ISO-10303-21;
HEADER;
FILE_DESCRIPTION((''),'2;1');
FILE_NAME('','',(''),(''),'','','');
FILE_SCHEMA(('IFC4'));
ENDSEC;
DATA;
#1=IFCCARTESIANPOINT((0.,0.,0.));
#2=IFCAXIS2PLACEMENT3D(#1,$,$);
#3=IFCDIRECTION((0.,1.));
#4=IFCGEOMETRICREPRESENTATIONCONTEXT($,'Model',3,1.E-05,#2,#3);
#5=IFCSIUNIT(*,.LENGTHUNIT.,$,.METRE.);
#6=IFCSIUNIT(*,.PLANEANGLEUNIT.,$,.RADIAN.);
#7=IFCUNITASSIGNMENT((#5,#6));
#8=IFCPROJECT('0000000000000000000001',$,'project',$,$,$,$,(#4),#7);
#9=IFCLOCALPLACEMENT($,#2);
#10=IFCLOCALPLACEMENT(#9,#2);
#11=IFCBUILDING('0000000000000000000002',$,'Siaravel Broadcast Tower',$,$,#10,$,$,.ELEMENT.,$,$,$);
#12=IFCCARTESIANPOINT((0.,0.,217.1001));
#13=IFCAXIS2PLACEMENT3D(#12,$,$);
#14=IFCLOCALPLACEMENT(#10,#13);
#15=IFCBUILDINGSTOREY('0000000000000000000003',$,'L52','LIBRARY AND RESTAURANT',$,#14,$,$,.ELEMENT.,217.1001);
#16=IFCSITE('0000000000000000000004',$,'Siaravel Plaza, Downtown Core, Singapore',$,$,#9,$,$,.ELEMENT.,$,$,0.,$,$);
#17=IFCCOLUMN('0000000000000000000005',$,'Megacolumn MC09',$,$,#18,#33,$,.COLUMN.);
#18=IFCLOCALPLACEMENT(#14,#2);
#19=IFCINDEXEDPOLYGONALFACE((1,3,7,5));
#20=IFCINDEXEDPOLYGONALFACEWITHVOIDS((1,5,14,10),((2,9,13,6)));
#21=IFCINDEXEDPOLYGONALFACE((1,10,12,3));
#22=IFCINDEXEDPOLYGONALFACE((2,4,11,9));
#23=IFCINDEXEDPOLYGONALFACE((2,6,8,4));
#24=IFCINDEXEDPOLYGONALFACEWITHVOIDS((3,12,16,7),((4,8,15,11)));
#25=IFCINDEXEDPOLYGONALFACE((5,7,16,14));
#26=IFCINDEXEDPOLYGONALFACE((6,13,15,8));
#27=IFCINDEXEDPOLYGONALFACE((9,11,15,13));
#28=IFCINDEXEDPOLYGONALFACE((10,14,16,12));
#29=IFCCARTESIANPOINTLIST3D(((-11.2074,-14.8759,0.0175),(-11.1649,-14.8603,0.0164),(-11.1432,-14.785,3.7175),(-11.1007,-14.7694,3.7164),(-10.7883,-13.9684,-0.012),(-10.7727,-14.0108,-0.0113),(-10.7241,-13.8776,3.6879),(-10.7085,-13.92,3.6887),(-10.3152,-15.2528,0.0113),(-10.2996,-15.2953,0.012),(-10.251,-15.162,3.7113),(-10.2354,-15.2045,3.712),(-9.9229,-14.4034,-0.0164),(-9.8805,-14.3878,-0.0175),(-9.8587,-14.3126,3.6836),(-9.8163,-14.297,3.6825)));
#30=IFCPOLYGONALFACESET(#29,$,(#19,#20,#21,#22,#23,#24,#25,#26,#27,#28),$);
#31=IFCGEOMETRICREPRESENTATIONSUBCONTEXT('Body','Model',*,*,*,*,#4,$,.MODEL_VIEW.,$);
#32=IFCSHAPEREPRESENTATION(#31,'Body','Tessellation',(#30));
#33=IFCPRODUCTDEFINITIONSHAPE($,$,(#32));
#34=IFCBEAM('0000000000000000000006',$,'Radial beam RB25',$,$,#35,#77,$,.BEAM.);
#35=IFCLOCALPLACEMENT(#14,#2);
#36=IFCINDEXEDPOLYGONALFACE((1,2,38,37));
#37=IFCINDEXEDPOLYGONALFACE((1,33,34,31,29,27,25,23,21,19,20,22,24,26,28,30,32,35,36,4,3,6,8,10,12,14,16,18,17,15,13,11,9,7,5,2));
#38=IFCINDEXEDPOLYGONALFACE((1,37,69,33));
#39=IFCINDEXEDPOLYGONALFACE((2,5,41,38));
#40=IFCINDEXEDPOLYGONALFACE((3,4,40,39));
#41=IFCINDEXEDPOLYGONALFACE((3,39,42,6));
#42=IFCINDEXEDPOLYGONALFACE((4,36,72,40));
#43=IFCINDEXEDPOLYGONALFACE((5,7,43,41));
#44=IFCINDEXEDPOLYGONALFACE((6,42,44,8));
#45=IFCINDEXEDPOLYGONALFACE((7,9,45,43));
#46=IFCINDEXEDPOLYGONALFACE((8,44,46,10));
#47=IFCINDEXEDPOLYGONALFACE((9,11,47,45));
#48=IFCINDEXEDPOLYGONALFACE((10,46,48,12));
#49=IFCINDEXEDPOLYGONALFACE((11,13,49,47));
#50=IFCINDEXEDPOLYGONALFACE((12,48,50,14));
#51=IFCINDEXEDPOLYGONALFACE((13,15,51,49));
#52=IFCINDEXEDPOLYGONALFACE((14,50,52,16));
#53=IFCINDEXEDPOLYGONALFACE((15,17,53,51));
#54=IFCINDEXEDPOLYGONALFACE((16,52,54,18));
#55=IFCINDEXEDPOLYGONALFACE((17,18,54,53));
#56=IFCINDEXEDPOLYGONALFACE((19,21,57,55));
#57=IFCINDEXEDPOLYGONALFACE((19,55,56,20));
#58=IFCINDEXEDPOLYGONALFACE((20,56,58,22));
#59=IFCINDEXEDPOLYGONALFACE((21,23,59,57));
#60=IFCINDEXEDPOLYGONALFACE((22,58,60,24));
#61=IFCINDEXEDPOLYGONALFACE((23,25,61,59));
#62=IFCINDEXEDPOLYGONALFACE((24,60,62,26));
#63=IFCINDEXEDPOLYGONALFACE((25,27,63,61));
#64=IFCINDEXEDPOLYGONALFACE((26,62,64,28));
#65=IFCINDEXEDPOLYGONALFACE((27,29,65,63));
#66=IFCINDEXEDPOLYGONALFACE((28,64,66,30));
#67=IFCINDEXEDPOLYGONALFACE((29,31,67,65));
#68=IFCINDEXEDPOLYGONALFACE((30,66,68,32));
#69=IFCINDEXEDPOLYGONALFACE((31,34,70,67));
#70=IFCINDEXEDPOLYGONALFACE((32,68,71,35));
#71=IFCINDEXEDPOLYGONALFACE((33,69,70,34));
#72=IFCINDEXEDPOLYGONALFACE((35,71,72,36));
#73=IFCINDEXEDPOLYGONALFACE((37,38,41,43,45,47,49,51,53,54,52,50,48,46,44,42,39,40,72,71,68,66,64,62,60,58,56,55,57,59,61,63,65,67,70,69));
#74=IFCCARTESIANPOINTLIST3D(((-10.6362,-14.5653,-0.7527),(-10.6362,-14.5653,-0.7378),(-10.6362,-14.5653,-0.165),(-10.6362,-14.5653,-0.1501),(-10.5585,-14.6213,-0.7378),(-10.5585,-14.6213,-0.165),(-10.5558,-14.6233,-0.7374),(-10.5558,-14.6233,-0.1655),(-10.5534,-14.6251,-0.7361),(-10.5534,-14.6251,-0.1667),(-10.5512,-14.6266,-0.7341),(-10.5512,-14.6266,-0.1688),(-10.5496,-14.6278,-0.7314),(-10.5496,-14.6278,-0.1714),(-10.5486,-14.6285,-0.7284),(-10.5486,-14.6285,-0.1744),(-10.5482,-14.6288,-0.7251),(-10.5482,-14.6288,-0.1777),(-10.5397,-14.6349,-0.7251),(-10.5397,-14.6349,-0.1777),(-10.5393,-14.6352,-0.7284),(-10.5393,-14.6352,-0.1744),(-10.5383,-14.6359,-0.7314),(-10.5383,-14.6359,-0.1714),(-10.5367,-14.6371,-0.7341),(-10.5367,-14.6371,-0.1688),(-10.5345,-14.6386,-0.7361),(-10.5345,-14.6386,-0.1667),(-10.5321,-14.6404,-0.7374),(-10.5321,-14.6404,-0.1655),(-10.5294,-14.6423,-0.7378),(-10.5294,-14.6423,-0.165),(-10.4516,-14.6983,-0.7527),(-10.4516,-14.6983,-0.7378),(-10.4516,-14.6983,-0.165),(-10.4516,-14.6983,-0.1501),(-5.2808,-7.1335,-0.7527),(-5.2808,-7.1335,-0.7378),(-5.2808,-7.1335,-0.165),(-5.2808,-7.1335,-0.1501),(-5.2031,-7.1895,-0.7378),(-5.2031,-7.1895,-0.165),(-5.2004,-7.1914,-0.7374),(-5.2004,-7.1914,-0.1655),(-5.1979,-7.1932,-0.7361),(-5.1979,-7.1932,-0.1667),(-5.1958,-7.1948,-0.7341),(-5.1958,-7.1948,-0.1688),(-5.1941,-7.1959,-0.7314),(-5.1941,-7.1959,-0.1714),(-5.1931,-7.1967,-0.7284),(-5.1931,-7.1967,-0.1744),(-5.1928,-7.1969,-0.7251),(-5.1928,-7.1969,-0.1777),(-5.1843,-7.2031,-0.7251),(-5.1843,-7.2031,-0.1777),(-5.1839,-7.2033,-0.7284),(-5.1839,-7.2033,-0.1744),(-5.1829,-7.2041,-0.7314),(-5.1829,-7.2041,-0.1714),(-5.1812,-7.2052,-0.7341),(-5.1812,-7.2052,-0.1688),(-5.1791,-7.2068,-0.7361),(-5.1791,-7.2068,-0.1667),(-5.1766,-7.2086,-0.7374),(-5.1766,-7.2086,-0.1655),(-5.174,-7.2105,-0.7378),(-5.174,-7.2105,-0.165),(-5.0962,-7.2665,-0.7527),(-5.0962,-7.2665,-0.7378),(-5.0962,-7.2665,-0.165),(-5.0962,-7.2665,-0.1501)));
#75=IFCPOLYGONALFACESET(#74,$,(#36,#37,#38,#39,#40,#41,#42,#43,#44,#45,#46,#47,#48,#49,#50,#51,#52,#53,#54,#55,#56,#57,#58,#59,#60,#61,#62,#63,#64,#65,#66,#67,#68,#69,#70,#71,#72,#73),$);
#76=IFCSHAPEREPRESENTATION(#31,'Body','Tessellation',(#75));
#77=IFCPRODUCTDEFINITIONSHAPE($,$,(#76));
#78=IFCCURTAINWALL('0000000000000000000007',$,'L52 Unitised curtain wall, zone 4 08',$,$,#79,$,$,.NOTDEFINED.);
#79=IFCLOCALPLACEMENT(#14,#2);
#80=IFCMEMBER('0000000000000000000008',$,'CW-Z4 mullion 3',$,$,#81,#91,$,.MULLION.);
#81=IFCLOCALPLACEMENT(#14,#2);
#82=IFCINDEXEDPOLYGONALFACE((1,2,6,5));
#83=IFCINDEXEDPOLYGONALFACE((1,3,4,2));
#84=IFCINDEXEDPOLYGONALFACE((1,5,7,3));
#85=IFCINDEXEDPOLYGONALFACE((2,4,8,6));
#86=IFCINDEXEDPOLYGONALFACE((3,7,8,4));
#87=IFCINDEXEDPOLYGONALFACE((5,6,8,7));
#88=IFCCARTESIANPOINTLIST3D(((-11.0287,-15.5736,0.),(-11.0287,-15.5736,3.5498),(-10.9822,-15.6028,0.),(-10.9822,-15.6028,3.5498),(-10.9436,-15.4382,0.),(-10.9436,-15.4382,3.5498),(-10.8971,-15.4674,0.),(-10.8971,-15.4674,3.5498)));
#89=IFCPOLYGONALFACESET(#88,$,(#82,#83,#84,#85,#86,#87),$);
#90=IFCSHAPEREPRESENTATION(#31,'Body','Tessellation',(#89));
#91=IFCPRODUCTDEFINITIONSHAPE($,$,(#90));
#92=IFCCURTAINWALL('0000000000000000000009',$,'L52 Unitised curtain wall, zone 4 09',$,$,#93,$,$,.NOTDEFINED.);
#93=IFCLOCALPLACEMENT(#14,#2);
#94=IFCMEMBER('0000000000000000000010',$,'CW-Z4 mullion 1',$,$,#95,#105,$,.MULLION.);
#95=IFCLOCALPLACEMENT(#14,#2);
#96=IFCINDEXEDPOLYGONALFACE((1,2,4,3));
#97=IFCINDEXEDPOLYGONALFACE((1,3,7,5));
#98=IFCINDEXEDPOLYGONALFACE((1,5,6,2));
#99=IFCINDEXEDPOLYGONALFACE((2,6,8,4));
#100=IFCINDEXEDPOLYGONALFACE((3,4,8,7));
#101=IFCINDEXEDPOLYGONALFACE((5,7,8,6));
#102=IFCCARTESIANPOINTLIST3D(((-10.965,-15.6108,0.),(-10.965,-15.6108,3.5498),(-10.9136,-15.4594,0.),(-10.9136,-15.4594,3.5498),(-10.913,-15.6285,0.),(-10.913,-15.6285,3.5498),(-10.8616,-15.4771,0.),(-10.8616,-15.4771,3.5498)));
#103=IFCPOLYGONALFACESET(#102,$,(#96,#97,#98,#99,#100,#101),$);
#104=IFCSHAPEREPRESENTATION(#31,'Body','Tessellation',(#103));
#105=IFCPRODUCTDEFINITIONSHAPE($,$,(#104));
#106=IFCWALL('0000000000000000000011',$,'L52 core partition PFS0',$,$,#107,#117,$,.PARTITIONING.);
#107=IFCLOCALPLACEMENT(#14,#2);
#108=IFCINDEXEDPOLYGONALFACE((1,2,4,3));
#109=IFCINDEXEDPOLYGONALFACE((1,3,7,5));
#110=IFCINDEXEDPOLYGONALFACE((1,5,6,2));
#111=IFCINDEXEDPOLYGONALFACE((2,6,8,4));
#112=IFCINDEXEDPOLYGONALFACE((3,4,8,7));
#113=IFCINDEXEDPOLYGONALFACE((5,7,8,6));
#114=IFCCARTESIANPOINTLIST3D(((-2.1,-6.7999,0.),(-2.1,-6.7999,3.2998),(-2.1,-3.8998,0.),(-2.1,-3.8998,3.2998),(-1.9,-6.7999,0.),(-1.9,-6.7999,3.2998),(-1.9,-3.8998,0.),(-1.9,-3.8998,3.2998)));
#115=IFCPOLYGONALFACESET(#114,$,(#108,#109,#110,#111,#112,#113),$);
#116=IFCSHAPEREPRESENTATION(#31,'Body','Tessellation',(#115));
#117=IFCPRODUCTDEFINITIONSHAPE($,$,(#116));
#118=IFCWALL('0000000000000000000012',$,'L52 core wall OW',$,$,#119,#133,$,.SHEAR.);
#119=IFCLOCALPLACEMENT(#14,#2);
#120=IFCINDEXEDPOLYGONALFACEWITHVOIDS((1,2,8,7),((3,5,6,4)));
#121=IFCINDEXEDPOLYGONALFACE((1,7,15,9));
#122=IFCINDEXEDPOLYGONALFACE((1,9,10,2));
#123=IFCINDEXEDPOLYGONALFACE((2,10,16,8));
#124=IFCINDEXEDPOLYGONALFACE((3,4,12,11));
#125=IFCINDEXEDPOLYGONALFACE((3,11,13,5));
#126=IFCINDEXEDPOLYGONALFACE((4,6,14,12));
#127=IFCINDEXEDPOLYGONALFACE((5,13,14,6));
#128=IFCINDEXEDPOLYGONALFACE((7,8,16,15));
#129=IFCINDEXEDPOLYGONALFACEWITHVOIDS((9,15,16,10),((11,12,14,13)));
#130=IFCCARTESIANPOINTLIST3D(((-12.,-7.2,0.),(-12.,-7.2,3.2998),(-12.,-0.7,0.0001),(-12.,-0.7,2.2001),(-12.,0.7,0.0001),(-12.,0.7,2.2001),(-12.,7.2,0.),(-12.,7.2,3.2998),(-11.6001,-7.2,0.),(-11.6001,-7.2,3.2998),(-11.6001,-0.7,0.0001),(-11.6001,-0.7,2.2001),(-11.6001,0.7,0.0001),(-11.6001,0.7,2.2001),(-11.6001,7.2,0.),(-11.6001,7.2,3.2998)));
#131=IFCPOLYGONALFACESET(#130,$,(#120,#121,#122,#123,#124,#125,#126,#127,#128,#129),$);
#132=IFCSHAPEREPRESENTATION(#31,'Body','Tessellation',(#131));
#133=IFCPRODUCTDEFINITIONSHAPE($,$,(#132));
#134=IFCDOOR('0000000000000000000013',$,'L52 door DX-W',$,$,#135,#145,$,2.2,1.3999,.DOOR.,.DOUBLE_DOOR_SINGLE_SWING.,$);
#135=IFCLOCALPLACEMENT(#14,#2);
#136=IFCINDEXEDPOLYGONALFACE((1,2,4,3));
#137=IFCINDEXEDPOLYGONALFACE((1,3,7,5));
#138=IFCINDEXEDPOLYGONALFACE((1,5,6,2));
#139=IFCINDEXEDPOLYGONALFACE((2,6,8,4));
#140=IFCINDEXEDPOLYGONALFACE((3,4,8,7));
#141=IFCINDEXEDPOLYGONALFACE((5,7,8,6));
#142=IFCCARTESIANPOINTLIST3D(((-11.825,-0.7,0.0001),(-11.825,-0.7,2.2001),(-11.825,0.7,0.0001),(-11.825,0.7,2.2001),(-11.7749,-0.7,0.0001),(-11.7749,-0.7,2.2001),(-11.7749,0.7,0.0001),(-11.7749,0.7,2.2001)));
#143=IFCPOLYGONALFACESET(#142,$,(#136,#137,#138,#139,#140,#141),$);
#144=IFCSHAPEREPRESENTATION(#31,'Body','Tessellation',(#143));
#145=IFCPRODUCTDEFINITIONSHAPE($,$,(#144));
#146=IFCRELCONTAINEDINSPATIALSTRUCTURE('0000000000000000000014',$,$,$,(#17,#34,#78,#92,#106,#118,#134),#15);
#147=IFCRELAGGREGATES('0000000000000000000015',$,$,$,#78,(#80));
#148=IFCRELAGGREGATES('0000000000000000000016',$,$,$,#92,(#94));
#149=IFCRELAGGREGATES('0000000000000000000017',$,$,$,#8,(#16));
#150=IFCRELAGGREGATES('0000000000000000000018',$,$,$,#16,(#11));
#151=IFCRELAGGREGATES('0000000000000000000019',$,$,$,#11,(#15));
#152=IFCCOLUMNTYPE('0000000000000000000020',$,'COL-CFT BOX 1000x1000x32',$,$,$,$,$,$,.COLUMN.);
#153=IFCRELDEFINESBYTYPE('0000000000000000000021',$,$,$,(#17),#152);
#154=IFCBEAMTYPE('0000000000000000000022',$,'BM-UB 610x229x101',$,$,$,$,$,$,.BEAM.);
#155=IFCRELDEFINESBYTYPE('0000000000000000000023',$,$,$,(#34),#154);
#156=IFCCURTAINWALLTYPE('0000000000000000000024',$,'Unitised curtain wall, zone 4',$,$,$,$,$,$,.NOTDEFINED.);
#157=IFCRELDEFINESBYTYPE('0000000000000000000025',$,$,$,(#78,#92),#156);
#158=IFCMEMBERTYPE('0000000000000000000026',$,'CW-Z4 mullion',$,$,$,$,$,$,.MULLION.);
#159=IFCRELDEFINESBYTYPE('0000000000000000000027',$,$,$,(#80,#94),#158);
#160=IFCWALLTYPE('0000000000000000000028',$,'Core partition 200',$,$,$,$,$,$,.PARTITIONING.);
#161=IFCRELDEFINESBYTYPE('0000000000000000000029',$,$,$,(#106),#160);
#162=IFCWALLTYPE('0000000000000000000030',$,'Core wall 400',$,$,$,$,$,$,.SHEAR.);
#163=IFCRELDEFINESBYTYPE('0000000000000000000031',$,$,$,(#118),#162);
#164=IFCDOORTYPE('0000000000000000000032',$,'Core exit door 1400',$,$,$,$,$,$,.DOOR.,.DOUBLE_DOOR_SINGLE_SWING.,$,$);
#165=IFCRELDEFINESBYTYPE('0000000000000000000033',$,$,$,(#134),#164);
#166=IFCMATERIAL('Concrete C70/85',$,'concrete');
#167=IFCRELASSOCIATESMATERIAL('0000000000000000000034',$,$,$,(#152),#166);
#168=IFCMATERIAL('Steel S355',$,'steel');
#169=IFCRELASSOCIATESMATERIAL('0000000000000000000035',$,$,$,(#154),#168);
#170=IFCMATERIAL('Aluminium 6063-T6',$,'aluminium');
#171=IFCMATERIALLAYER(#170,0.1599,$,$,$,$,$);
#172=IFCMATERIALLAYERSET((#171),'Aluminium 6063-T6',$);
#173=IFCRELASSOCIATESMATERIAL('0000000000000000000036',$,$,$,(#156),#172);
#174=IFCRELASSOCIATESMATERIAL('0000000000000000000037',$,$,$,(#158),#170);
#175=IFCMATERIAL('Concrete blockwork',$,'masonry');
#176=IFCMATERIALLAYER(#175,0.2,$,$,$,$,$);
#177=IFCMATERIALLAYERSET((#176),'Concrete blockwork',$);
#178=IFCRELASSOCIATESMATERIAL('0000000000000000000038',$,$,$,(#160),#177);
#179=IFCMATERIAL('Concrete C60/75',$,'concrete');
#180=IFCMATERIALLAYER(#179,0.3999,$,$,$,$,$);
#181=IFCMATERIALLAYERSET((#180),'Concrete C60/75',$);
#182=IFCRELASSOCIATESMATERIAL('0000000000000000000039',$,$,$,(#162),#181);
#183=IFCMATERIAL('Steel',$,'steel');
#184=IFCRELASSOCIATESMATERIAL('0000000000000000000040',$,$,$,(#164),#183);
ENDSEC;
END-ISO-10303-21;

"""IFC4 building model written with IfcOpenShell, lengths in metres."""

from ifc_helpers import new_model, si_unit, direction, frame, frame_2d, origin, origin_2d, place, context, subcontext, project, spatial, rectangle, hollow_rectangle, i_section, extrude, material, layer, layer_set, material_profile, profile_set, type_object, element, fill, aggregate, save


model = new_model("IFC4")

# Units and contexts
model_context = context("Model", 3, precision=1e-05, world=origin(), true_north=direction((0.0, 1.0)))
body_context = subcontext(model_context, "Body", "Model", "MODEL_VIEW")
ifc_project = project(units=[si_unit("LENGTHUNIT", "METRE"), si_unit("PLANEANGLEUNIT", "RADIAN")], contexts=[model_context])

# Site, building, storey
site_placement = place(None, origin())
site = spatial("IfcSite", under=ifc_project, at=site_placement, Name="Siaravel Plaza, Downtown Core, Singapore", CompositionType="ELEMENT", RefElevation=0.0)
building_placement = place(site_placement, origin())
building = spatial("IfcBuilding", under=site, at=building_placement, Name="Siaravel Broadcast Tower", CompositionType="ELEMENT")
storey_placement = place(building_placement, frame((0.0, 0.0, 217.1001)))
storey = spatial("IfcBuildingStorey", under=building, at=storey_placement, Name="L52", Description="LIBRARY AND RESTAURANT", CompositionType="ELEMENT", Elevation=217.1001)

# Column
ifc_material_1 = material(Name="Concrete C70/85", Category="concrete")
ifc_material_profile_1 = material_profile(ifc_material_1, hollow_rectangle(XDim=1.0, YDim=1.0, WallThickness=0.032, at=origin_2d()))
ifc_profile_set_1 = profile_set([ifc_material_profile_1], Name="Concrete C70/85")
column_type = type_object("IfcColumnType", Name="COL-CFT BOX 1000x1000x32", PredefinedType="COLUMN", material=ifc_profile_set_1)
column_placement = place(storey_placement, frame((-10.5439, -14.6318, 0.0), z_axis=(0.017346, 0.024535, 0.999548), x_axis=(-0.907782, 0.419407, 0.005459)))
element("IfcColumn", 1, at=column_placement, inside=storey, type_object=column_type, Name="Megacolumn MC09", PredefinedType="COLUMN", context=body_context, shape_type="SweptSolid", body=[
    extrude(hollow_rectangle(XDim=1.0, YDim=1.0, WallThickness=0.032, at=origin_2d()), origin(), (0.0, 0.0, 1.0), 3.7017),
])

# Beam
ifc_material_2 = material(Name="Steel S355", Category="steel")
ifc_material_profile_2 = material_profile(ifc_material_2, i_section(OverallWidth=0.2275, OverallDepth=0.6025, WebThickness=0.0105, FlangeThickness=0.0149, FilletRadius=0.0127, at=origin_2d()))
ifc_profile_set_2 = profile_set([ifc_material_profile_2], Name="Steel S355")
beam_type = type_object("IfcBeamType", Name="BM-UB 610x229x101", PredefinedType="BEAM", material=ifc_profile_set_2)
beam_placement = place(storey_placement, frame((-10.5439, -14.6318, -0.4514), z_axis=(0.584629, 0.811301, 0.0), x_axis=(-0.811301, 0.584629, 0.0)))
element("IfcBeam", 2, at=beam_placement, inside=storey, type_object=beam_type, Name="Radial beam RB25", PredefinedType="BEAM", context=body_context, shape_type="SweptSolid", body=[
    extrude(i_section(OverallWidth=0.2275, OverallDepth=0.6025, WebThickness=0.0105, FlangeThickness=0.0149, FilletRadius=0.0127, at=origin_2d()), origin(), (0.0, 0.0, 1.0), 9.1604),
])

# Curtain walls, members
ifc_material_3 = material(Name="Aluminium 6063-T6", Category="aluminium")
ifc_layer_1 = layer(ifc_material_3, 0.1599)
ifc_layer_set_1 = layer_set([ifc_layer_1], Name="Aluminium 6063-T6")
curtain_wall_type = type_object("IfcCurtainWallType", Name="Unitised curtain wall, zone 4", PredefinedType="NOTDEFINED", material=ifc_layer_set_1)
curtain_wall_1_placement = place(storey_placement, origin())
curtain_wall_1 = element("IfcCurtainWall", 3, at=curtain_wall_1_placement, inside=storey, type_object=curtain_wall_type, Name="L52 Unitised curtain wall, zone 4 08", PredefinedType="NOTDEFINED")
ifc_material_profile_3 = material_profile(ifc_material_3, rectangle(XDim=0.1599, YDim=0.0549, at=origin_2d()))
ifc_profile_set_3 = profile_set([ifc_material_profile_3], Name="Aluminium 6063-T6")
member_type = type_object("IfcMemberType", Name="CW-Z4 mullion", PredefinedType="MULLION", material=ifc_profile_set_3)
member_1_placement = place(storey_placement, frame((-10.9629, -15.5205, 0.0), z_axis=(0.0, 0.0, 1.0), x_axis=(0.53215, 0.84665, 0.0)))
member_1 = element("IfcMember", 4, at=member_1_placement, type_object=member_type, Name="CW-Z4 mullion 3", PredefinedType="MULLION", context=body_context, shape_type="SweptSolid", body=[
    extrude(rectangle(XDim=0.1599, YDim=0.0549, at=origin_2d()), origin(), (0.0, 0.0, 1.0), 3.5498),
])
aggregate(curtain_wall_1, [member_1])
curtain_wall_2_placement = place(storey_placement, origin())
curtain_wall_2 = element("IfcCurtainWall", 5, at=curtain_wall_2_placement, inside=storey, type_object=curtain_wall_type, Name="L52 Unitised curtain wall, zone 4 09", PredefinedType="NOTDEFINED")
member_2_placement = place(storey_placement, frame((-10.9133, -15.5439, 0.0), z_axis=(0.0, 0.0, 1.0), x_axis=(0.321301, 0.946977, 0.0)))
member_2 = element("IfcMember", 6, at=member_2_placement, type_object=member_type, Name="CW-Z4 mullion 1", PredefinedType="MULLION", context=body_context, shape_type="SweptSolid", body=[
    extrude(rectangle(XDim=0.1599, YDim=0.0549, at=origin_2d()), origin(), (0.0, 0.0, 1.0), 3.5498),
])
aggregate(curtain_wall_2, [member_2])

# Wall
ifc_material_4 = material(Name="Concrete blockwork", Category="masonry")
ifc_layer_2 = layer(ifc_material_4, 0.2)
ifc_layer_set_2 = layer_set([ifc_layer_2], Name="Concrete blockwork")
wall_type_1 = type_object("IfcWallType", Name="Core partition 200", PredefinedType="PARTITIONING", material=ifc_layer_set_2)
wall_1_placement = place(storey_placement, frame((-2.0, -6.8, 0.0), z_axis=(0.0, 0.0, 1.0), x_axis=(0.0, 1.0, 0.0)))
element("IfcWall", 7, at=wall_1_placement, inside=storey, type_object=wall_type_1, Name="L52 core partition PFS0", PredefinedType="PARTITIONING", context=body_context, shape_type="SweptSolid", body=[
    extrude(rectangle(XDim=2.9001, YDim=0.2, at=frame_2d((1.4502, 0.0))), origin(), (0.0, 0.0, 1.0), 3.2998),
])

# Wall, opening, door
ifc_material_5 = material(Name="Concrete C60/75", Category="concrete")
ifc_layer_3 = layer(ifc_material_5, 0.3999)
ifc_layer_set_3 = layer_set([ifc_layer_3], Name="Concrete C60/75")
wall_type_2 = type_object("IfcWallType", Name="Core wall 400", PredefinedType="SHEAR", material=ifc_layer_set_3)
wall_2_placement = place(storey_placement, frame((-11.8, -7.2, 0.0), z_axis=(0.0, 0.0, 1.0), x_axis=(0.0, 1.0, 0.0)))
wall_2 = element("IfcWall", 8, at=wall_2_placement, inside=storey, type_object=wall_type_2, Name="L52 core wall OW", PredefinedType="SHEAR", context=body_context, shape_type="SweptSolid", body=[
    extrude(rectangle(XDim=14.3999, YDim=0.3999, at=frame_2d((7.2, 0.0))), origin(), (0.0, 0.0, 1.0), 3.2998),
])
opening_1_placement = place(wall_2_placement, frame((6.5, 0.0, 0.0)))
opening_1 = element("IfcOpeningElement", 9, at=opening_1_placement, cuts=wall_2, PredefinedType="OPENING", context=body_context, shape_type="SweptSolid", body=[
    extrude(rectangle(XDim=1.3999, YDim=2.2, at=frame_2d((0.7, 1.1001))), frame((0.0, 0.21, 0.0), z_axis=(0.0, -1.0, 0.0), x_axis=(1.0, 0.0, 0.0)), (0.0, 0.0, 1.0), 0.4199),
])
ifc_material_6 = material(Name="Steel", Category="steel")
door_type_1 = type_object("IfcDoorType", Name="Core exit door 1400", OperationType="DOUBLE_DOOR_SINGLE_SWING", PredefinedType="DOOR", material=ifc_material_6)
door_1_placement = place(opening_1_placement, origin())
door_1 = element("IfcDoor", 10, at=door_1_placement, inside=storey, type_object=door_type_1, Name="L52 door DX-W", OperationType="DOUBLE_DOOR_SINGLE_SWING", OverallHeight=2.2, OverallWidth=1.3999, PredefinedType="DOOR", context=body_context, shape_type="SweptSolid", body=[
    extrude(rectangle(XDim=1.3999, YDim=2.2, at=frame_2d((0.7, 1.1001))), frame((0.0, 0.0249, 0.0), z_axis=(0.0, -1.0, 0.0), x_axis=(1.0, 0.0, 0.0)), (0.0, 0.0, 1.0), 0.05),
])
fill(opening_1, door_1)

save(model, "model.ifc")
